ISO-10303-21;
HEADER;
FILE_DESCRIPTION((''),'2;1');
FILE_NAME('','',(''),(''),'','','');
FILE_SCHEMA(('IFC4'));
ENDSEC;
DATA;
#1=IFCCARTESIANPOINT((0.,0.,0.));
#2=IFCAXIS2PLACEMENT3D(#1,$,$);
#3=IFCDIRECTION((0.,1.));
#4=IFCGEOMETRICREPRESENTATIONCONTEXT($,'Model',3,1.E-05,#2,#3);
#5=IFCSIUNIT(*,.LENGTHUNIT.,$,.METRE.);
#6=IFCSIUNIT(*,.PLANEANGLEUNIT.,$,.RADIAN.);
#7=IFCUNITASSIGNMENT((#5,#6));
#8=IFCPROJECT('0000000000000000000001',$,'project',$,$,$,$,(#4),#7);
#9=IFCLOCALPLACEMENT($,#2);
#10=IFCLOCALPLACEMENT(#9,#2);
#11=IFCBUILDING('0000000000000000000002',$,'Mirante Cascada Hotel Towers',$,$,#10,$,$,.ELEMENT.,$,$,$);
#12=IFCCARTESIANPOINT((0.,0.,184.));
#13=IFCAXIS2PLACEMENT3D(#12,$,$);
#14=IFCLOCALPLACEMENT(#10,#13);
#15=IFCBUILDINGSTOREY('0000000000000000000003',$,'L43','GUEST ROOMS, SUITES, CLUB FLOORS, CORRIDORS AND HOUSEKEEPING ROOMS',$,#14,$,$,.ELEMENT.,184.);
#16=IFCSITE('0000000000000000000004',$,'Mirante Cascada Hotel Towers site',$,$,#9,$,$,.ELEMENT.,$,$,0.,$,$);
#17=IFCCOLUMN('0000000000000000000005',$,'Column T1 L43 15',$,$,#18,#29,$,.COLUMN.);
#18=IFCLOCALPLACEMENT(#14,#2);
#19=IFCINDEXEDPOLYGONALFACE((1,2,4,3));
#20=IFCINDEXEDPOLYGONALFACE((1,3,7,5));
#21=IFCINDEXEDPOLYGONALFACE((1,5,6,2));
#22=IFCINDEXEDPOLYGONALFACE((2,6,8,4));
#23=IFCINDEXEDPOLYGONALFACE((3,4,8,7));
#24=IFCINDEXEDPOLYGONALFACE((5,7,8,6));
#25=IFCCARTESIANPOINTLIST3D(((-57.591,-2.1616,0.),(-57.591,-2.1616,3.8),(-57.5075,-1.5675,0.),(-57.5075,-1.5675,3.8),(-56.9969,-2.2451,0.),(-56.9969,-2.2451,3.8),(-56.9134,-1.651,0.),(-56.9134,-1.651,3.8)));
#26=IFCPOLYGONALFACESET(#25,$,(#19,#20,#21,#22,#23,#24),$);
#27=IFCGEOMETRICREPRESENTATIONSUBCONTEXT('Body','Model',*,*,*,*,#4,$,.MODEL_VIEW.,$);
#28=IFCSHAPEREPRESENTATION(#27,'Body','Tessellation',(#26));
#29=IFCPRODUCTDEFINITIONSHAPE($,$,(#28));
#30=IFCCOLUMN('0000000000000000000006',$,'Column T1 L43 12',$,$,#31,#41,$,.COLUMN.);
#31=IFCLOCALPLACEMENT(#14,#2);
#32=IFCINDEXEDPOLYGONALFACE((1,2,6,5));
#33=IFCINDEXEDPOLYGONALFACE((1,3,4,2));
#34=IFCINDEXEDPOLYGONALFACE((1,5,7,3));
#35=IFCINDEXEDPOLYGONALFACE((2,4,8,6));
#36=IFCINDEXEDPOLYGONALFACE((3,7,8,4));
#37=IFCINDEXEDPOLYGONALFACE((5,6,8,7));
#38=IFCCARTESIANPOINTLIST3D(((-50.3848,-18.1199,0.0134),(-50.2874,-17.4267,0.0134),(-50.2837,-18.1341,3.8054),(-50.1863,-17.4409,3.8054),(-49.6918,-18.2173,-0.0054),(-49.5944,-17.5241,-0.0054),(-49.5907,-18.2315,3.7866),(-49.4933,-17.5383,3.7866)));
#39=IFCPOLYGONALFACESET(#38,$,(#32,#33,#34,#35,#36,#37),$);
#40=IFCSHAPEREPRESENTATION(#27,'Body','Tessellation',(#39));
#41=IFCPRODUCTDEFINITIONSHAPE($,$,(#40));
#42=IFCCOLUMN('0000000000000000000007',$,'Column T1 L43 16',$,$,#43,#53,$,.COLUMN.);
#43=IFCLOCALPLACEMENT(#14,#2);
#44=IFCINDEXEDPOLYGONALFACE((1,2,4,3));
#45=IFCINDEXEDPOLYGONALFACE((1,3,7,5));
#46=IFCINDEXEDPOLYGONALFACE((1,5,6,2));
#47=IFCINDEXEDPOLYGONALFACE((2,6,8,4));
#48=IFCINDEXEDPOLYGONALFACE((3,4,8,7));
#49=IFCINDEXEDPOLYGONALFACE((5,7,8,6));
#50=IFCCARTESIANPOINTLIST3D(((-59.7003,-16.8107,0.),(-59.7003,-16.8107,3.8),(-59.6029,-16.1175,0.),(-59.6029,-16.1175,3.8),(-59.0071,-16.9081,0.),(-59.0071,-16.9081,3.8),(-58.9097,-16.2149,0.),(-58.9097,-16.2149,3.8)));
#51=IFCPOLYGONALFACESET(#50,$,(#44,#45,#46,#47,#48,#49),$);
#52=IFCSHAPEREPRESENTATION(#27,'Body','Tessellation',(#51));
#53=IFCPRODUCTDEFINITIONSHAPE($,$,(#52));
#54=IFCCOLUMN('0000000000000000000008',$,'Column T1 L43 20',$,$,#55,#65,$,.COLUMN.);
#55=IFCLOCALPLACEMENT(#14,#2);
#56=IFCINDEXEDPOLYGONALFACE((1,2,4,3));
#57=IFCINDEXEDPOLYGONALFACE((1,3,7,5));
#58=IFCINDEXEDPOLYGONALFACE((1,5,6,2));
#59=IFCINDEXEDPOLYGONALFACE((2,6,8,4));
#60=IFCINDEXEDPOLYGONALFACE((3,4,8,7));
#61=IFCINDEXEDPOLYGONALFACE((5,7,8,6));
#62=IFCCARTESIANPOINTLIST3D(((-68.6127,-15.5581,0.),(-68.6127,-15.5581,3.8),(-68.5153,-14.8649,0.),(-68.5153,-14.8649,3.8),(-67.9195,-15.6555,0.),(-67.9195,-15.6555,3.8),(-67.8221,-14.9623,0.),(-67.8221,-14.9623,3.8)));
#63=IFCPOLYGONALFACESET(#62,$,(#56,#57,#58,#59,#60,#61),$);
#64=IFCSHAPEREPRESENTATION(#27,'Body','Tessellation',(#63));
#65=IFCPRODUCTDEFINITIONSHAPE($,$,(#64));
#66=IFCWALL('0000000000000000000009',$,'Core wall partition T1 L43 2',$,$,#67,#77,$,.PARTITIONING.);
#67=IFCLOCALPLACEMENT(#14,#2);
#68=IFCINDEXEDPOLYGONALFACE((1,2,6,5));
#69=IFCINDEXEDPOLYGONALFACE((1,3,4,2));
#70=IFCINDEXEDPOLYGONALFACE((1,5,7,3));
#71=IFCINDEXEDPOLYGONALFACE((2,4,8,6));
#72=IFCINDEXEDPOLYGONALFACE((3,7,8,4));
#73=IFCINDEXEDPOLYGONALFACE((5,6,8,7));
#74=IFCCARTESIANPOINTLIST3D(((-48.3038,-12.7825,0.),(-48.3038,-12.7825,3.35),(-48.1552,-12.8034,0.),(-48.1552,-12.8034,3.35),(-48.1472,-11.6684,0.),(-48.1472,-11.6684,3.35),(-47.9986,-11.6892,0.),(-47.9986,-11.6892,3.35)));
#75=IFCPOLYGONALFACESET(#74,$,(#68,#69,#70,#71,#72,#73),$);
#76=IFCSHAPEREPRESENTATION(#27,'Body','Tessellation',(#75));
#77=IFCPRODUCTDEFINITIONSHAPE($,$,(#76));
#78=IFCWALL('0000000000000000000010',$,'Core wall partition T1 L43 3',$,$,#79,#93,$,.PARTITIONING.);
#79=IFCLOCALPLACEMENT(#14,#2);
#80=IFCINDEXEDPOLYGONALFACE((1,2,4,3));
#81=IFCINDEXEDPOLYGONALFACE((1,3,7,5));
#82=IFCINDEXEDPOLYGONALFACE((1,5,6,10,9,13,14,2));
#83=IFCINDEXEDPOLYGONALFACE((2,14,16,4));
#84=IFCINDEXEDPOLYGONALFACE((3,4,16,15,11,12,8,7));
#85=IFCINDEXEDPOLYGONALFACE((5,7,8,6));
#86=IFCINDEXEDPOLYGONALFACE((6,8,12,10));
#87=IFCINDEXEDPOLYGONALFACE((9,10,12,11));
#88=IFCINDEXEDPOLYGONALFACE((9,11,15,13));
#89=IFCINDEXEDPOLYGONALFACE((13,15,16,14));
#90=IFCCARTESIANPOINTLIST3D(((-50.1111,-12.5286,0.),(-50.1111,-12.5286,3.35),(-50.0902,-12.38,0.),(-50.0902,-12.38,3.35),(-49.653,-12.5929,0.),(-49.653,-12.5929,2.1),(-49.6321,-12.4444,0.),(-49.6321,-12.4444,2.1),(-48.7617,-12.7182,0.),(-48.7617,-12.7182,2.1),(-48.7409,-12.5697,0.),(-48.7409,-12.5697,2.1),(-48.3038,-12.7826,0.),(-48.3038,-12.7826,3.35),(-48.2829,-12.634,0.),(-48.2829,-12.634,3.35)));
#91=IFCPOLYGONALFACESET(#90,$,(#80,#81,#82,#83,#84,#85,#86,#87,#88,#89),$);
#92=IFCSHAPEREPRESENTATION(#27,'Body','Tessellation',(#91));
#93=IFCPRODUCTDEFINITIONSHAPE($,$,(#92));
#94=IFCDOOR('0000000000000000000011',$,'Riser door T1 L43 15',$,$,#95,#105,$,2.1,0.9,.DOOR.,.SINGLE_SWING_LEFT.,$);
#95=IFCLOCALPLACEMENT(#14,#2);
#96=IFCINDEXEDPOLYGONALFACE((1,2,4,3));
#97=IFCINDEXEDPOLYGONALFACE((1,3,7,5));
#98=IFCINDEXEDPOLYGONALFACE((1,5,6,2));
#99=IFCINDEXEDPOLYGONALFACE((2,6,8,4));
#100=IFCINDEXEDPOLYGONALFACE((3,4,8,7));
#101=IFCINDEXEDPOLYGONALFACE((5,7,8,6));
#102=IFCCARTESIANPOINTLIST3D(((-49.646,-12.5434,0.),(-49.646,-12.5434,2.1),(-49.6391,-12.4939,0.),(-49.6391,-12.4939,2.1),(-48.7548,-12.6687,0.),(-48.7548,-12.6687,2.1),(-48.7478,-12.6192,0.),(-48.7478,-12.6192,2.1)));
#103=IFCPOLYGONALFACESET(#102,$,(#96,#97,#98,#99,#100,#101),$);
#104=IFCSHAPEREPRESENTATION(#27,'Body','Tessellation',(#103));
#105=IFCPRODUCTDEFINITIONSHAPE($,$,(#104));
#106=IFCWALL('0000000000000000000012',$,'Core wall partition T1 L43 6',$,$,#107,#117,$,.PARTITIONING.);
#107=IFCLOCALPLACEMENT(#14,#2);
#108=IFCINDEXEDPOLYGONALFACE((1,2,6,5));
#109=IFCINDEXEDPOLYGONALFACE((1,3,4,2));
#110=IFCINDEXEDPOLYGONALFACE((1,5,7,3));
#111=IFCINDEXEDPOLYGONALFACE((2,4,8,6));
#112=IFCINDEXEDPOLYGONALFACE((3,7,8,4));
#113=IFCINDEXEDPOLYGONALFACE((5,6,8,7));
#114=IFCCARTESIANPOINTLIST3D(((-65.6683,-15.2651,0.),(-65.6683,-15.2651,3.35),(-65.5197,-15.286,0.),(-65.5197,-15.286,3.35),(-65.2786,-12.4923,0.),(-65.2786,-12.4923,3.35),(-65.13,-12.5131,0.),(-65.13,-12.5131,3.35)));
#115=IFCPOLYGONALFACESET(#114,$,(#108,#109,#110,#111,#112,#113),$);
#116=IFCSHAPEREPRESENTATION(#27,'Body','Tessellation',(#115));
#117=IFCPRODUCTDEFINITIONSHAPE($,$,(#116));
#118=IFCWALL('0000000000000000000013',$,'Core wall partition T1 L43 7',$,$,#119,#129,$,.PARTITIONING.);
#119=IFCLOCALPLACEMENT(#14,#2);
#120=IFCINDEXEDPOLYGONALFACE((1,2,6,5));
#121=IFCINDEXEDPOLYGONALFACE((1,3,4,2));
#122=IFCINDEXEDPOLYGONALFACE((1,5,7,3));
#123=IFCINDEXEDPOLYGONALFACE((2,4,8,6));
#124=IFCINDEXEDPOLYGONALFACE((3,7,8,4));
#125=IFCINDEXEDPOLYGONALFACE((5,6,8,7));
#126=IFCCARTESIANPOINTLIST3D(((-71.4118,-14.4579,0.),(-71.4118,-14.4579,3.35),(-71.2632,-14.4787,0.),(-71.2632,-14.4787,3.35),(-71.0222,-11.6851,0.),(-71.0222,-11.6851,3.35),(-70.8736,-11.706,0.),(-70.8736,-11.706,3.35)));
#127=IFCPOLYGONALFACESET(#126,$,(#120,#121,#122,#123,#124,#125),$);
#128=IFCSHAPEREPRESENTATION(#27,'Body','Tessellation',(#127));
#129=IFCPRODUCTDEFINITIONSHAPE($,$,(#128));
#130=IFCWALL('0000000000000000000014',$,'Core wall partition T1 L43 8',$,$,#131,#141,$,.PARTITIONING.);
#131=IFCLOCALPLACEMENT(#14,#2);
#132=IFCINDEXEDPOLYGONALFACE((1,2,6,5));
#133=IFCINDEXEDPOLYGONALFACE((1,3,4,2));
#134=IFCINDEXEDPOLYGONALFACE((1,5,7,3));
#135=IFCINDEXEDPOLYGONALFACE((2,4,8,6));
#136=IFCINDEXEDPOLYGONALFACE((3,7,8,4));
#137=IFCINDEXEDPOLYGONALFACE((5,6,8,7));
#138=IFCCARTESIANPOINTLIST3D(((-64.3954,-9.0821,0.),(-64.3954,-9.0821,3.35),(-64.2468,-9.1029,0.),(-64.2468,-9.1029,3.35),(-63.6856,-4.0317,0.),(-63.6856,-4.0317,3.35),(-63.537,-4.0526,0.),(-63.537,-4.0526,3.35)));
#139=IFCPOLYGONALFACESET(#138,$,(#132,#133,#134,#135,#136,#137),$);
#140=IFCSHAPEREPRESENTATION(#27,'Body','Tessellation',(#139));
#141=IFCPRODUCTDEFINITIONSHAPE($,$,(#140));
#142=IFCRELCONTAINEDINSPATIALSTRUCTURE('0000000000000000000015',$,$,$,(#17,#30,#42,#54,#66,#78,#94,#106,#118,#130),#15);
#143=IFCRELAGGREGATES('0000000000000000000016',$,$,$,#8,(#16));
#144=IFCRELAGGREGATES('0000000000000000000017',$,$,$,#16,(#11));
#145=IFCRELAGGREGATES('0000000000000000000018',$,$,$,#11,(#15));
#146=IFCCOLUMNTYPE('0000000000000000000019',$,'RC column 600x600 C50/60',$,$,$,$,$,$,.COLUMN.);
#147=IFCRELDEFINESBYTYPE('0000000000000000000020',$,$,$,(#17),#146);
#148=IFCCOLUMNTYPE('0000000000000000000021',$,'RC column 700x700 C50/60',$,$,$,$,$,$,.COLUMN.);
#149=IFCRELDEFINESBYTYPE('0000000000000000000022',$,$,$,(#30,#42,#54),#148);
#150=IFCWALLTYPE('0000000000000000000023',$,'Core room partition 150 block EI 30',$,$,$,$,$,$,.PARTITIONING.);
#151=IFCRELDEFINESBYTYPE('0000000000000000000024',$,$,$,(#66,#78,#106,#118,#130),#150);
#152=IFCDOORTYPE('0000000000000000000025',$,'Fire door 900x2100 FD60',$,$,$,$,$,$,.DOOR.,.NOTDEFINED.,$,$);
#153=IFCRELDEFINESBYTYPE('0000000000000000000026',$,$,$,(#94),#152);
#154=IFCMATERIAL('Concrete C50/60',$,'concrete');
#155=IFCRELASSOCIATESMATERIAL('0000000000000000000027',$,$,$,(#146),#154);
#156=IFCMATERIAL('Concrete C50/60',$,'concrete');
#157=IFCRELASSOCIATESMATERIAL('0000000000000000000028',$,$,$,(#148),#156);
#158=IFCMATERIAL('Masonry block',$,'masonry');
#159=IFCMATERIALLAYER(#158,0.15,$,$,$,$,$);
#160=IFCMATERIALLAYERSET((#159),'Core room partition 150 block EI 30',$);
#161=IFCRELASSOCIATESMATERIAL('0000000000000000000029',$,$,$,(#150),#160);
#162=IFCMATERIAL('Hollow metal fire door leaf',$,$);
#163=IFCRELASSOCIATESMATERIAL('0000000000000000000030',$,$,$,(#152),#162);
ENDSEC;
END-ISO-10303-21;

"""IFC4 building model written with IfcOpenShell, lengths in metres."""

from ifc_helpers import new_model, si_unit, direction, frame, frame_2d, origin, origin_2d, place, context, subcontext, project, spatial, rectangle, extrude, material, layer, layer_set, material_profile, profile_set, type_object, element, fill, save


model = new_model("IFC4")

# Units and contexts
model_context = context("Model", 3, precision=1e-05, world=origin(), true_north=direction((0.0, 1.0)))
body_context = subcontext(model_context, "Body", "Model", "MODEL_VIEW")
ifc_project = project(units=[si_unit("LENGTHUNIT", "METRE"), si_unit("PLANEANGLEUNIT", "RADIAN")], contexts=[model_context])

# Site, building, storey
site_placement = place(None, origin())
site = spatial("IfcSite", under=ifc_project, at=site_placement, Name="Mirante Cascada Hotel Towers site", CompositionType="ELEMENT", RefElevation=0.0)
building_placement = place(site_placement, origin())
building = spatial("IfcBuilding", under=site, at=building_placement, Name="Mirante Cascada Hotel Towers", CompositionType="ELEMENT")
storey_placement = place(building_placement, frame((0.0, 0.0, 184.0)))
storey = spatial("IfcBuildingStorey", under=building, at=storey_placement, Name="L43", Description="GUEST ROOMS, SUITES, CLUB FLOORS, CORRIDORS AND HOUSEKEEPING ROOMS", CompositionType="ELEMENT", Elevation=184.0)

# Columns
ifc_material_1 = material(Name="Concrete C50/60", Category="concrete")
ifc_material_profile_1 = material_profile(ifc_material_1, rectangle(XDim=0.6, YDim=0.6, at=origin_2d()), Name="RC column 600x600 C50/60")
ifc_profile_set_1 = profile_set([ifc_material_profile_1], Name="Concrete C50/60")
column_type_1 = type_object("IfcColumnType", Name="RC column 600x600 C50/60", PredefinedType="COLUMN", material=ifc_profile_set_1)
column_1_placement = place(storey_placement, frame((-57.2522, -1.9063, 0.0), z_axis=(0.0, 0.0, 1.0), x_axis=(-0.990268, 0.139173, 0.0)))
element("IfcColumn", 1, at=column_1_placement, inside=storey, type_object=column_type_1, Name="Column T1 L43 15", PredefinedType="COLUMN", context=body_context, shape_type="SweptSolid", body=[
    extrude(rectangle(XDim=0.6, YDim=0.6, at=origin_2d()), origin(), (0.0, 0.0, 1.0), 3.8),
])
ifc_material_2 = material(Name="Concrete C50/60", Category="concrete")
ifc_material_profile_2 = material_profile(ifc_material_2, rectangle(XDim=0.7, YDim=0.7, at=origin_2d()), Name="RC column 700x700 C50/60")
ifc_profile_set_2 = profile_set([ifc_material_profile_2], Name="Concrete C50/60")
column_type_2 = type_object("IfcColumnType", Name="RC column 700x700 C50/60", PredefinedType="COLUMN", material=ifc_profile_set_2)
column_2_placement = place(storey_placement, frame((-49.9896, -17.822, 0.004), z_axis=(0.026652, -0.003743, 0.999638), x_axis=(0.13909, 0.99028, 0.0)))
element("IfcColumn", 2, at=column_2_placement, inside=storey, type_object=column_type_2, Name="Column T1 L43 12", PredefinedType="COLUMN", context=body_context, shape_type="SweptSolid", body=[
    extrude(rectangle(XDim=0.7, YDim=0.7, at=origin_2d()), origin(), (0.0, 0.0, 1.0), 3.7934),
])
for number, where, z_axis, x_axis, name in (
    (3, (-59.305, -16.5128, 0.0), (0.0, 0.0, 1.0), (-0.990268, 0.139173, 0.0), "Column T1 L43 16"),
    (4, (-68.2174, -15.2602, 0.0), (0.0, 0.0, 1.0), (-0.990268, 0.139173, 0.0), "Column T1 L43 20"),
):
    element("IfcColumn", number, at=place(storey_placement, frame(where, z_axis=z_axis, x_axis=x_axis)), inside=storey, type_object=column_type_2, Name=name, PredefinedType="COLUMN", context=body_context, shape_type="SweptSolid", body=[
        extrude(rectangle(XDim=0.7, YDim=0.7, at=origin_2d()), origin(), (0.0, 0.0, 1.0), 3.8),
    ])

# Wall
ifc_material_3 = material(Name="Masonry block", Category="masonry")
ifc_layer_1 = layer(ifc_material_3, 0.15)
ifc_layer_set_1 = layer_set([ifc_layer_1], Name="Core room partition 150 block EI 30")
wall_type_1 = type_object("IfcWallType", Name="Core room partition 150 block EI 30", PredefinedType="PARTITIONING", material=ifc_layer_set_1)
wall_1_placement = place(storey_placement, frame((-48.2295, -12.793, 0.0), z_axis=(0.0, 0.0, 1.0), x_axis=(0.139193, 0.990265, 0.0)))
element("IfcWall", 5, at=wall_1_placement, inside=storey, type_object=wall_type_1, Name="Core wall partition T1 L43 2", PredefinedType="PARTITIONING", context=body_context, shape_type="SweptSolid", body=[
    extrude(rectangle(XDim=1.1251, YDim=0.15, at=frame_2d((0.5626, 0.0))), origin(), (0.0, 0.0, 1.0), 3.35),
])

# Wall, opening, door
wall_2_placement = place(storey_placement, frame((-48.2933, -12.7083, 0.0), z_axis=(0.0, 0.0, 1.0), x_axis=(-0.990268, 0.139173, 0.0)))
wall_2 = element("IfcWall", 6, at=wall_2_placement, inside=storey, type_object=wall_type_1, Name="Core wall partition T1 L43 3", PredefinedType="PARTITIONING", context=body_context, shape_type="SweptSolid", body=[
    extrude(rectangle(XDim=1.8251, YDim=0.15, at=frame_2d((0.9126, 0.0))), origin(), (0.0, 0.0, 1.0), 3.35),
])
opening_1_placement = place(wall_2_placement, frame((0.4625, 0.0, 0.0)))
opening_1 = element("IfcOpeningElement", 7, at=opening_1_placement, cuts=wall_2, PredefinedType="OPENING", context=body_context, shape_type="SweptSolid", body=[
    extrude(rectangle(XDim=0.9, YDim=2.1, at=frame_2d((0.45, 1.05))), frame((0.0, 0.075, 0.0), z_axis=(0.0, -1.0, 0.0), x_axis=(1.0, 0.0, 0.0)), (0.0, 0.0, 1.0), 0.15),
])
ifc_material_4 = material(Name="Hollow metal fire door leaf")
door_type_1 = type_object("IfcDoorType", Name="Fire door 900x2100 FD60", OperationType="NOTDEFINED", PredefinedType="DOOR", material=ifc_material_4)
door_1_placement = place(opening_1_placement, origin())
door_1 = element("IfcDoor", 8, at=door_1_placement, inside=storey, type_object=door_type_1, Name="Riser door T1 L43 15", OperationType="SINGLE_SWING_LEFT", OverallHeight=2.1, OverallWidth=0.9, PredefinedType="DOOR", context=body_context, shape_type="SweptSolid", body=[
    extrude(rectangle(XDim=0.9, YDim=2.1, at=frame_2d((0.45, 1.05))), frame((0.0, 0.025, 0.0), z_axis=(0.0, -1.0, 0.0), x_axis=(1.0, 0.0, 0.0)), (0.0, 0.0, 1.0), 0.05),
])
fill(opening_1, door_1)

# Walls
wall_3_placement = place(storey_placement, frame((-65.594, -15.2755, 0.0), z_axis=(0.0, 0.0, 1.0), x_axis=(0.139176, 0.990268, 0.0)))
element("IfcWall", 9, at=wall_3_placement, inside=storey, type_object=wall_type_1, Name="Core wall partition T1 L43 6", PredefinedType="PARTITIONING", context=body_context, shape_type="SweptSolid", body=[
    extrude(rectangle(XDim=2.8001, YDim=0.15, at=frame_2d((1.4, 0.0))), origin(), (0.0, 0.0, 1.0), 3.35),
])
wall_4_placement = place(storey_placement, frame((-71.3375, -14.4683, 0.0), z_axis=(0.0, 0.0, 1.0), x_axis=(0.139141, 0.990273, 0.0)))
element("IfcWall", 10, at=wall_4_placement, inside=storey, type_object=wall_type_1, Name="Core wall partition T1 L43 7", PredefinedType="PARTITIONING", context=body_context, shape_type="SweptSolid", body=[
    extrude(rectangle(XDim=2.8, YDim=0.15, at=frame_2d((1.4, 0.0))), origin(), (0.0, 0.0, 1.0), 3.35),
])
wall_5_placement = place(storey_placement, frame((-64.3211, -9.0925, 0.0), z_axis=(0.0, 0.0, 1.0), x_axis=(0.139176, 0.990268, 0.0)))
element("IfcWall", 11, at=wall_5_placement, inside=storey, type_object=wall_type_1, Name="Core wall partition T1 L43 8", PredefinedType="PARTITIONING", context=body_context, shape_type="SweptSolid", body=[
    extrude(rectangle(XDim=5.1, YDim=0.15, at=frame_2d((2.55, 0.0))), origin(), (0.0, 0.0, 1.0), 3.35),
])

save(model, "model.ifc")
